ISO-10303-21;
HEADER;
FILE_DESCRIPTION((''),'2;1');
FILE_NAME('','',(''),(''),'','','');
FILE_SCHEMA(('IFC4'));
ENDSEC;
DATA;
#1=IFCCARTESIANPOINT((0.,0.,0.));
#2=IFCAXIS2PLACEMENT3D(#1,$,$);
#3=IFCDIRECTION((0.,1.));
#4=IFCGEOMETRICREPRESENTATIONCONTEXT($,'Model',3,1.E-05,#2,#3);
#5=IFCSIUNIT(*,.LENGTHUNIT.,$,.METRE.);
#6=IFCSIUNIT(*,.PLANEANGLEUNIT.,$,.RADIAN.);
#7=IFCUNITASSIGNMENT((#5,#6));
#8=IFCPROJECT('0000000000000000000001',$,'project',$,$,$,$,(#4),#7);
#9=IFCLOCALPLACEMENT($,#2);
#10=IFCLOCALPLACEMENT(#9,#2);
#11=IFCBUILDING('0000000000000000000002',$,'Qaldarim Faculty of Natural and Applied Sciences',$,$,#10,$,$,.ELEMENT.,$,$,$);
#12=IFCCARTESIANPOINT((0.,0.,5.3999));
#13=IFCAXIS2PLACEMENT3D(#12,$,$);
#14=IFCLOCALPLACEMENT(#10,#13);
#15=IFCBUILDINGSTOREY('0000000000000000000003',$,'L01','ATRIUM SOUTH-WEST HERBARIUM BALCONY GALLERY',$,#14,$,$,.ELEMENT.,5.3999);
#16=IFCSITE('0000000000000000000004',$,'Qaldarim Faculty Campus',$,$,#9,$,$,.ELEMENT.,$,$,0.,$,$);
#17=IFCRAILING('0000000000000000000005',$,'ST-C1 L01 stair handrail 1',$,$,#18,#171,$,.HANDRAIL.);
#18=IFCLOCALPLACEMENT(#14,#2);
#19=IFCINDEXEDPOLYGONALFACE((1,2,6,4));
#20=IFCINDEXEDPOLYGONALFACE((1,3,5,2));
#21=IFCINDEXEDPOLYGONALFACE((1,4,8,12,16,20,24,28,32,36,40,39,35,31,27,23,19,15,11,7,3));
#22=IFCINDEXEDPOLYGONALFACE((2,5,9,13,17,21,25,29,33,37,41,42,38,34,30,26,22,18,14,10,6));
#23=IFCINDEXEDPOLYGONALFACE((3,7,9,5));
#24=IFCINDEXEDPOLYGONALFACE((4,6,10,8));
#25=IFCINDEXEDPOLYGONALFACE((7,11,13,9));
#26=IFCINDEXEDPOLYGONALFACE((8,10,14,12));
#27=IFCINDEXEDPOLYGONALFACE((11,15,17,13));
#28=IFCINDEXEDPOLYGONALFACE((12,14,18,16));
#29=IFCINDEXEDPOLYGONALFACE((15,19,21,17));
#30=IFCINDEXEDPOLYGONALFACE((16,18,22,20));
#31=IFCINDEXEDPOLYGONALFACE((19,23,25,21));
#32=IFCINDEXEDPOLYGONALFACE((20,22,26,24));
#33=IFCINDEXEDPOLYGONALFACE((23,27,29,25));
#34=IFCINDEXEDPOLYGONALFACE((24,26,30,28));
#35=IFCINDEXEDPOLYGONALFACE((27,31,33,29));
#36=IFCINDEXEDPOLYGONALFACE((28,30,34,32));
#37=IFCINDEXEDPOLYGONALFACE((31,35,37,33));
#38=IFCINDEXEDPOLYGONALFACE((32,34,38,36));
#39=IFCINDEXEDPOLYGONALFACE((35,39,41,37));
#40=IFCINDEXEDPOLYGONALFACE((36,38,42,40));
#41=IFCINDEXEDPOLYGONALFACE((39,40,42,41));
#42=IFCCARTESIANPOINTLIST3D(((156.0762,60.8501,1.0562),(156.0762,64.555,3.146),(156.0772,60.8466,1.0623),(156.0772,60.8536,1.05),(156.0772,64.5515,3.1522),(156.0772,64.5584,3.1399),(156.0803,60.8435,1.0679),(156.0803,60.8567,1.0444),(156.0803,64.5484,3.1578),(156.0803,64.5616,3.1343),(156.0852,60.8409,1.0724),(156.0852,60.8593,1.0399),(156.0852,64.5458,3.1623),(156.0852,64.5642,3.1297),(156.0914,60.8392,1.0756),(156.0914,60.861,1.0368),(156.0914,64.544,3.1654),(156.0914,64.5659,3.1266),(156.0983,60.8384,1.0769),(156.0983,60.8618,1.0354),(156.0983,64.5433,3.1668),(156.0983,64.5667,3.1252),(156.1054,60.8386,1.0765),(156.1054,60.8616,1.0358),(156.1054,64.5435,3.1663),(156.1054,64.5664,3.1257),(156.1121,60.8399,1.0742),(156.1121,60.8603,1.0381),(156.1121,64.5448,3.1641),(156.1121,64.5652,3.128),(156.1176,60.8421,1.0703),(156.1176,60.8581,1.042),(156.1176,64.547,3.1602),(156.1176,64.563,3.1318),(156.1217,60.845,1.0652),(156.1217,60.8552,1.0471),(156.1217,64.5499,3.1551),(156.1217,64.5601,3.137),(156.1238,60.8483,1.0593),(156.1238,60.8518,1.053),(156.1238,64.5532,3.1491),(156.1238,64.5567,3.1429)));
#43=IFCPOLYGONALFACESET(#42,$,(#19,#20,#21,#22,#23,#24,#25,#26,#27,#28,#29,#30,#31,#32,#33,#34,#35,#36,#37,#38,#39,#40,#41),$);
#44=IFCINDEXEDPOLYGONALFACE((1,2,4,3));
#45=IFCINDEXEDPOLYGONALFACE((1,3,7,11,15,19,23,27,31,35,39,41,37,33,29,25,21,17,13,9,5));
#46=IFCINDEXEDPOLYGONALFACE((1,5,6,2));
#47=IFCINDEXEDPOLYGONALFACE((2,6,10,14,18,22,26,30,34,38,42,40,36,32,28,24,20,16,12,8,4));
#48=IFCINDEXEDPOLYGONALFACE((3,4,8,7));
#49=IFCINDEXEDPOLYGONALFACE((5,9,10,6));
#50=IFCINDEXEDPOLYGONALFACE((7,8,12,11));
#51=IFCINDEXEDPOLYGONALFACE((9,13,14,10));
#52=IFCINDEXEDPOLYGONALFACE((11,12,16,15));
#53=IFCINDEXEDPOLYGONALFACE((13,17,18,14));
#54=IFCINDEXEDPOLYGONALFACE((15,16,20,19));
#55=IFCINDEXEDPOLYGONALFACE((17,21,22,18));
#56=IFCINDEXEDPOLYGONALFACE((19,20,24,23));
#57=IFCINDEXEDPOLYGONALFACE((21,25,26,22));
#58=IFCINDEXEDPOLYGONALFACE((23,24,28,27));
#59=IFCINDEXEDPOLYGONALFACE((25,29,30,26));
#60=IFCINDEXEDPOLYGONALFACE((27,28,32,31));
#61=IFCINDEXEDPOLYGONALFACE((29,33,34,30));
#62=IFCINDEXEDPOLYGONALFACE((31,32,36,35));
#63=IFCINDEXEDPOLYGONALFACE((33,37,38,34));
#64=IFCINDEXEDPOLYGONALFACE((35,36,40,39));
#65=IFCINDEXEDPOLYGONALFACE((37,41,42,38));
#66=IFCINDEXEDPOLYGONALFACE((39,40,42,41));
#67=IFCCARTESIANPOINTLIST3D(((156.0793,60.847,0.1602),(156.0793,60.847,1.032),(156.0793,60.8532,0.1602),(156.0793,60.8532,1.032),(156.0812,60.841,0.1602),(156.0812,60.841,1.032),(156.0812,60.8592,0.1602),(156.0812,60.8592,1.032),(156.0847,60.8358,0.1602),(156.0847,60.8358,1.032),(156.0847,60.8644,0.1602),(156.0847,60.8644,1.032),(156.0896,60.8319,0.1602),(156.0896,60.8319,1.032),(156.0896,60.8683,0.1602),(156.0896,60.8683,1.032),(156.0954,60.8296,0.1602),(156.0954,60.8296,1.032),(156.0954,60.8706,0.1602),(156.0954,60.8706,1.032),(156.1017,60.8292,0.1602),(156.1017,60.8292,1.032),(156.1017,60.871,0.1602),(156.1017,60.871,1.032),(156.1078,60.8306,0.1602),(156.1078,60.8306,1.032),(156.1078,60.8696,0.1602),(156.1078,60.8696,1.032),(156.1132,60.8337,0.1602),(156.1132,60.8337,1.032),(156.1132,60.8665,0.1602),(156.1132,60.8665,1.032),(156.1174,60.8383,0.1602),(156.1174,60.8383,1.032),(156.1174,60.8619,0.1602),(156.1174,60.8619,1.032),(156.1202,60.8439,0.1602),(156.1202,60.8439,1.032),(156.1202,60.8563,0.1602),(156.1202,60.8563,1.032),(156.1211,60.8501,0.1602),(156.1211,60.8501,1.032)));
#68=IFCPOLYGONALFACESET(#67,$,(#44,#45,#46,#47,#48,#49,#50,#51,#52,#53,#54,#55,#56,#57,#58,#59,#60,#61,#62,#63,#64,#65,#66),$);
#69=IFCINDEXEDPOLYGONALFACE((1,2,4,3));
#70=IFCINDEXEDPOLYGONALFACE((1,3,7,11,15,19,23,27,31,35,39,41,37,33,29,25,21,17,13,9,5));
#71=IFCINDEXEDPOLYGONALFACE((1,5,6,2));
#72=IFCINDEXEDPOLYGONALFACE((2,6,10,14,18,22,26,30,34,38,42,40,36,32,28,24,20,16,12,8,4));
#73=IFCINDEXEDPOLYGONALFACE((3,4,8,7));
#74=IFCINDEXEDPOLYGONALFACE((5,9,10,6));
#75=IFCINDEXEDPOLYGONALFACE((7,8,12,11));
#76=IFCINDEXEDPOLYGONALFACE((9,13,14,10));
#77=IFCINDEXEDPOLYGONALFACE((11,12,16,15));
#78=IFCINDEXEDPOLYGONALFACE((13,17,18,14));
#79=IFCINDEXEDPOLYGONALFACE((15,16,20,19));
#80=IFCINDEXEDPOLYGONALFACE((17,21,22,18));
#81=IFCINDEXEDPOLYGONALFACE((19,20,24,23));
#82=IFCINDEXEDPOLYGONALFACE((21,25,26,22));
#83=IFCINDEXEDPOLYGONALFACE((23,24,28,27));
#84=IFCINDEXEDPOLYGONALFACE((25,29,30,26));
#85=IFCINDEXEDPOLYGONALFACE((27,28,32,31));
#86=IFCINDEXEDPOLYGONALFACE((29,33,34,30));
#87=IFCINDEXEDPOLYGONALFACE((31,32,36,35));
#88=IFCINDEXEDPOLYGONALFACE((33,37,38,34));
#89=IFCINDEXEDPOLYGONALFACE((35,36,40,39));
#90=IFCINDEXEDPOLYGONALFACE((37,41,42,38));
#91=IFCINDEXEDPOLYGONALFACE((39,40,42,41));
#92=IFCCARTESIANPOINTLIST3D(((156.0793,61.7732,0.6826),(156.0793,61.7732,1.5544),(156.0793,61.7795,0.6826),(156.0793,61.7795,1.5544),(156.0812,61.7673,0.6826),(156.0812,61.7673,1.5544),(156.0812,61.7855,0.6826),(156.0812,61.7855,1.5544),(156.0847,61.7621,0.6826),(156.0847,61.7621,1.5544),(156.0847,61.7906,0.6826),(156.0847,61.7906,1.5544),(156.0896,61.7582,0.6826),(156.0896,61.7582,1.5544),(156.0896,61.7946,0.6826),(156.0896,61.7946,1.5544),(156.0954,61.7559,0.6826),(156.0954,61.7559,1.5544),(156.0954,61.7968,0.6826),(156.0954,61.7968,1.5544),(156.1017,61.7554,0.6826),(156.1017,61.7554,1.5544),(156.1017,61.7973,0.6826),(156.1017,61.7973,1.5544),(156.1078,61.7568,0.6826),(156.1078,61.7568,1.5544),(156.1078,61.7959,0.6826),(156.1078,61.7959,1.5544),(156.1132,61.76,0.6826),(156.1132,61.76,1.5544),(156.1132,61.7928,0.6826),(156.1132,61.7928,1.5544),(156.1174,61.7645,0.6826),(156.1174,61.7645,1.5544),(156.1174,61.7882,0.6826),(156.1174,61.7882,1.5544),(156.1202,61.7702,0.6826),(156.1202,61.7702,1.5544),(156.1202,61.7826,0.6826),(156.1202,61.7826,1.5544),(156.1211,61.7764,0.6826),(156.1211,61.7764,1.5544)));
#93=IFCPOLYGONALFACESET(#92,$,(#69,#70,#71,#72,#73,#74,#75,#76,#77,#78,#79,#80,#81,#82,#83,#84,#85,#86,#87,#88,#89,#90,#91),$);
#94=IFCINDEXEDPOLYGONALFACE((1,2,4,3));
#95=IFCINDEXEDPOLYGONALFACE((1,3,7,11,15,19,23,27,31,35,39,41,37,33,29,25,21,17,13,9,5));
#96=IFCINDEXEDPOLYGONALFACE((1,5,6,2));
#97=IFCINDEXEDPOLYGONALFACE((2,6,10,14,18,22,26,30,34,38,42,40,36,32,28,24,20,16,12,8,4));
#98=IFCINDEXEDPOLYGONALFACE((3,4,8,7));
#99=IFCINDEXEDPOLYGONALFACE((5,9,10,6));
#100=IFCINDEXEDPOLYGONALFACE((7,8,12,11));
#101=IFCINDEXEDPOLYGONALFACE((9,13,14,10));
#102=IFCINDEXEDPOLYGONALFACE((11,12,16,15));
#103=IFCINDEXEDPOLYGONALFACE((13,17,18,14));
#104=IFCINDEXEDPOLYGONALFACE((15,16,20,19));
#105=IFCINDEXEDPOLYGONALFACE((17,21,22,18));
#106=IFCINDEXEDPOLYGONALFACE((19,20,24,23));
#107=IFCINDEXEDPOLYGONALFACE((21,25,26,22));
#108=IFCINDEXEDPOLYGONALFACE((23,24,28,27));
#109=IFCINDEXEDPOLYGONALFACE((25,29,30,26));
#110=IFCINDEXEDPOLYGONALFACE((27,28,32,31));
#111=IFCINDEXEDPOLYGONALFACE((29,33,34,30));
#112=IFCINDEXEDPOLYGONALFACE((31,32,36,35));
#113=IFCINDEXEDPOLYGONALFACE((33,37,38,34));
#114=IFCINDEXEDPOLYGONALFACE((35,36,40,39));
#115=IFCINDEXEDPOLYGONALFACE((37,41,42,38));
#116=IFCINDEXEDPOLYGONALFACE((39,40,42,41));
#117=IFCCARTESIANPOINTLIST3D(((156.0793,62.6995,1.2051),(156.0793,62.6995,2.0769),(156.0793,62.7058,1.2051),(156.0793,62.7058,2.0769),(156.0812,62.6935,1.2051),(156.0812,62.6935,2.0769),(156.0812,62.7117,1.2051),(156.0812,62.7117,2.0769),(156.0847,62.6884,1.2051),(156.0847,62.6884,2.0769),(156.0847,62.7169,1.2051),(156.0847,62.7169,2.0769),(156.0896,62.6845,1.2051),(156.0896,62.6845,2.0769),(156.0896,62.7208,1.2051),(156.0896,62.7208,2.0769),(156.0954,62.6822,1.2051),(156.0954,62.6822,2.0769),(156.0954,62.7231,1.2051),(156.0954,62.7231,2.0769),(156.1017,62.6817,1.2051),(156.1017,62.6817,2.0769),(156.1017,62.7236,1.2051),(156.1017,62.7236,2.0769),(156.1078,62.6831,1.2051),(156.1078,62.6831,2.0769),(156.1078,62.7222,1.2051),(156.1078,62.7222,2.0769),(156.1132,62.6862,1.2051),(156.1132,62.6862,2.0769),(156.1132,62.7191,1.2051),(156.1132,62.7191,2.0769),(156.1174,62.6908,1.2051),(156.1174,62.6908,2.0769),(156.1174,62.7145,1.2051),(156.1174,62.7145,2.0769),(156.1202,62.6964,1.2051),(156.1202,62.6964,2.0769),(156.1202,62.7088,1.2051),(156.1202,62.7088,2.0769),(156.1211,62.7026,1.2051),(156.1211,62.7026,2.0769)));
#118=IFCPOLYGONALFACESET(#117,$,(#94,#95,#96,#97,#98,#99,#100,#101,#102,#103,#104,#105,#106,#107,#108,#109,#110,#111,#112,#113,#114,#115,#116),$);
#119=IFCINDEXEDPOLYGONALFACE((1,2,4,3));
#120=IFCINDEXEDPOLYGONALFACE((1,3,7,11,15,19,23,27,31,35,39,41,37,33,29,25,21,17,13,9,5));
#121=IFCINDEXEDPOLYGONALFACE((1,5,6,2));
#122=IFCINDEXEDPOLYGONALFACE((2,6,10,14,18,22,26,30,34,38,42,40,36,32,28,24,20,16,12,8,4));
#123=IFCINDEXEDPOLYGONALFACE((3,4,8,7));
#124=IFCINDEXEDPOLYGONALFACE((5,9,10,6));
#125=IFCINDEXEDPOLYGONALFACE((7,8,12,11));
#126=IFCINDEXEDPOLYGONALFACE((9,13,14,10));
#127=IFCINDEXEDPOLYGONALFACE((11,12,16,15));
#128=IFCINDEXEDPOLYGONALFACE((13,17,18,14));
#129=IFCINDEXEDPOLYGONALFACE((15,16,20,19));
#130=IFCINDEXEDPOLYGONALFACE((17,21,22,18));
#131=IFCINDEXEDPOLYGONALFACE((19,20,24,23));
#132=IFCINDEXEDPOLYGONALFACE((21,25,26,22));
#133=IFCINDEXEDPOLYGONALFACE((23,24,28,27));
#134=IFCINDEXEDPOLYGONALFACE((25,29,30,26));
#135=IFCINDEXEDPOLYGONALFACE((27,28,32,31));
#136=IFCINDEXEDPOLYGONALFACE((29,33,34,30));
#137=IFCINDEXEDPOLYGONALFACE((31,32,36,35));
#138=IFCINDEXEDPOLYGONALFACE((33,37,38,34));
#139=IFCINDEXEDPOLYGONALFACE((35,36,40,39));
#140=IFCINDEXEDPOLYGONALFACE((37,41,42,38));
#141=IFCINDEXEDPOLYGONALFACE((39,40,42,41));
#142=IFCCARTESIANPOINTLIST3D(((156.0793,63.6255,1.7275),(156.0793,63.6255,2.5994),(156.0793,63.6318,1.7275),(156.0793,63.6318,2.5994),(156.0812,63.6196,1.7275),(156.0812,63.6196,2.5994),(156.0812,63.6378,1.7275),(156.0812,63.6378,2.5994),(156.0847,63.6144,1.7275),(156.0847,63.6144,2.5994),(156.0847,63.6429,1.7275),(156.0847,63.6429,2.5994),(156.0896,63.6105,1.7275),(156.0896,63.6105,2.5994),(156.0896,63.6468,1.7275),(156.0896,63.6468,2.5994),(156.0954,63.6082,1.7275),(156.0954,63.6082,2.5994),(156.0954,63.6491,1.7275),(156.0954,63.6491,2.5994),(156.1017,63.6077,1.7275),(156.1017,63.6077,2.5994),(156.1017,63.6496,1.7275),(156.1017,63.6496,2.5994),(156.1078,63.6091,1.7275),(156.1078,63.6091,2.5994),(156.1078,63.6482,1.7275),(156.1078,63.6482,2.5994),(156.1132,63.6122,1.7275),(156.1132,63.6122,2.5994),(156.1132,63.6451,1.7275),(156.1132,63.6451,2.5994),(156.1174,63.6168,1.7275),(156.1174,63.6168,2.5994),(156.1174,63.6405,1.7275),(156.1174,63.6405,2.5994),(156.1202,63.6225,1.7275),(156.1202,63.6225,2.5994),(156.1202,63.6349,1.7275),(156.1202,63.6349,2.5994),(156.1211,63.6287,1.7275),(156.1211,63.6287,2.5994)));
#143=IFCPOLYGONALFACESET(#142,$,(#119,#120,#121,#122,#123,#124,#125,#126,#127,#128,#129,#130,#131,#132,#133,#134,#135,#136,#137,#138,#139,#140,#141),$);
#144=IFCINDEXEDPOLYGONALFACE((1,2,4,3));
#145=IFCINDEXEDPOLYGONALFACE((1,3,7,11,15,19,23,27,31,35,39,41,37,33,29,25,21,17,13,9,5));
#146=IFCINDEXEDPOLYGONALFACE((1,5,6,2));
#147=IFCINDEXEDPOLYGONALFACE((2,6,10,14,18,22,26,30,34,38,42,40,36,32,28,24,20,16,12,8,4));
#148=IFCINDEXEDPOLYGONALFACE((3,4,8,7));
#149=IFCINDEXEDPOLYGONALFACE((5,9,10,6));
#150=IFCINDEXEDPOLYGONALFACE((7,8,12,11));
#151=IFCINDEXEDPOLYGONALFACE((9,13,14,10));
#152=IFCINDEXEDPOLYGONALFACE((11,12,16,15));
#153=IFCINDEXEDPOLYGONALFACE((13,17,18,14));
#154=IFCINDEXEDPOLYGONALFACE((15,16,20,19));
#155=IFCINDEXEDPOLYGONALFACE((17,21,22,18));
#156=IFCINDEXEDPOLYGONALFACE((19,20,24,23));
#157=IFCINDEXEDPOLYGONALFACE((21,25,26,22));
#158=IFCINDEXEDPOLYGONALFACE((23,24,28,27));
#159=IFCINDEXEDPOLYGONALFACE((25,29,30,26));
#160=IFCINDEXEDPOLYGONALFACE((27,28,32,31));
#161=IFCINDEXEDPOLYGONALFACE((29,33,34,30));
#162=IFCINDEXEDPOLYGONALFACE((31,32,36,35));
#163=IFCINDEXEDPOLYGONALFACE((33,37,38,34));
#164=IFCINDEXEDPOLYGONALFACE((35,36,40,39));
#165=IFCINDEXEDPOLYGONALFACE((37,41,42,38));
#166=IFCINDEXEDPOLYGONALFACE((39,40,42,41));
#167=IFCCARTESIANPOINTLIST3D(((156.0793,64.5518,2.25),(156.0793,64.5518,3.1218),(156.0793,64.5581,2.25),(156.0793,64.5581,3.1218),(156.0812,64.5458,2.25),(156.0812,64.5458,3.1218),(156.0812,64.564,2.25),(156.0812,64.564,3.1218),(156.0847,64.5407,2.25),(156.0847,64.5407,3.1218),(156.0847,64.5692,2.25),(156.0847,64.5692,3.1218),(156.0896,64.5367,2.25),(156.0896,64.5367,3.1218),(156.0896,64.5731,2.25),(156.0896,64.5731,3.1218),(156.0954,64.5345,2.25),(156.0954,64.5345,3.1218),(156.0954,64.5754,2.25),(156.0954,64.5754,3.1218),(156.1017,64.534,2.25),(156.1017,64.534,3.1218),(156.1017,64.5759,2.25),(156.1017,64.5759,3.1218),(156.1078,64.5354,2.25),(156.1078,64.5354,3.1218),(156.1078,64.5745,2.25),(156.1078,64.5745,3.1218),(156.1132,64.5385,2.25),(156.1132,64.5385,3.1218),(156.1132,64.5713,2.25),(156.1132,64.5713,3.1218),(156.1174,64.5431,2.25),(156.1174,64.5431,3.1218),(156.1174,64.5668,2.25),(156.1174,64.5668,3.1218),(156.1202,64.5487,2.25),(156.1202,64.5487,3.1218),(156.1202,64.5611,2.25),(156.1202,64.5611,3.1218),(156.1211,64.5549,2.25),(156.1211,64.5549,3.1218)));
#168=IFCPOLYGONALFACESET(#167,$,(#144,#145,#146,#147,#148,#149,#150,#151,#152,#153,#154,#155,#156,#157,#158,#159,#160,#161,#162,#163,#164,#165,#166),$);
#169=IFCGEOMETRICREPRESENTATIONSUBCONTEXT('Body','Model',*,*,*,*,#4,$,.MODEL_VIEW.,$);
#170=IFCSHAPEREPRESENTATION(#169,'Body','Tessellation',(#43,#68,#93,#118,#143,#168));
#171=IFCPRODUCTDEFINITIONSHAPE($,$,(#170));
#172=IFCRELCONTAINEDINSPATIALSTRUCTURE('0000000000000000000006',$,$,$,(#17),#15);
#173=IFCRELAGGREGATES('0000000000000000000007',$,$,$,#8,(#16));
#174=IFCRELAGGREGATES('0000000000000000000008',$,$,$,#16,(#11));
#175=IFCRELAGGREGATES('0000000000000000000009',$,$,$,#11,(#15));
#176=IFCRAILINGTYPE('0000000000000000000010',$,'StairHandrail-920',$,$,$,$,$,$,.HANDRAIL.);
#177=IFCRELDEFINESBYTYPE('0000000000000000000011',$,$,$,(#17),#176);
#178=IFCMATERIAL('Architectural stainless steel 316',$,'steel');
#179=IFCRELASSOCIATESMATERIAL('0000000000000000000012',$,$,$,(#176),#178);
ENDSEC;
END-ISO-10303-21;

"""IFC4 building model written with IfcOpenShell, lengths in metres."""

from ifc_helpers import new_model, si_unit, direction, frame, origin, origin_2d, place, context, subcontext, project, spatial, circle, extrude, material, type_object, element, save


model = new_model("IFC4")

# Units and contexts
model_context = context("Model", 3, precision=1e-05, world=origin(), true_north=direction((0.0, 1.0)))
body_context = subcontext(model_context, "Body", "Model", "MODEL_VIEW")
ifc_project = project(units=[si_unit("LENGTHUNIT", "METRE"), si_unit("PLANEANGLEUNIT", "RADIAN")], contexts=[model_context])

# Site, building, storey
site_placement = place(None, origin())
site = spatial("IfcSite", under=ifc_project, at=site_placement, Name="Qaldarim Faculty Campus", CompositionType="ELEMENT", RefElevation=0.0)
building_placement = place(site_placement, origin())
building = spatial("IfcBuilding", under=site, at=building_placement, Name="Qaldarim Faculty of Natural and Applied Sciences", CompositionType="ELEMENT")
storey_placement = place(building_placement, frame((0.0, 0.0, 5.3999)))
storey = spatial("IfcBuildingStorey", under=building, at=storey_placement, Name="L01", Description="ATRIUM SOUTH-WEST HERBARIUM BALCONY GALLERY", CompositionType="ELEMENT", Elevation=5.3999)

# Shared definitions
ifc_material_1 = material(Name="Architectural stainless steel 316", Category="steel")

# Railing
railing_type = type_object("IfcRailingType", Name="StairHandrail-920", PredefinedType="HANDRAIL", material=ifc_material_1)
railing_placement = place(storey_placement, frame((156.1001, 60.8501, 0.1602)))
element("IfcRailing", 1, at=railing_placement, inside=storey, type_object=railing_type, Name="ST-C1 L01 stair handrail 1", PredefinedType="HANDRAIL", context=body_context, shape_type="SweptSolid", body=[
    extrude(circle(Radius=0.0239, at=origin_2d()), frame((0.0, 0.0, 0.896), z_axis=(0.0, 0.870985, 0.49131), x_axis=(-1.0, 0.0, 0.0)), (0.0, 0.0, 1.0), 4.2537),
    extrude(circle(Radius=0.021, at=origin_2d()), origin(), (0.0, 0.0, 1.0), 0.8718),
    extrude(circle(Radius=0.021, at=origin_2d()), frame((0.0, 0.9263, 0.5225)), (0.0, 0.0, 1.0), 0.8718),
    extrude(circle(Radius=0.021, at=origin_2d()), frame((0.0, 1.8525, 1.0449)), (0.0, 0.0, 1.0), 0.8718),
    extrude(circle(Radius=0.021, at=origin_2d()), frame((0.0, 2.7786, 1.5674)), (0.0, 0.0, 1.0), 0.8718),
    extrude(circle(Radius=0.021, at=origin_2d()), frame((0.0, 3.7048, 2.0898)), (0.0, 0.0, 1.0), 0.8718),
])

save(model, "model.ifc")
